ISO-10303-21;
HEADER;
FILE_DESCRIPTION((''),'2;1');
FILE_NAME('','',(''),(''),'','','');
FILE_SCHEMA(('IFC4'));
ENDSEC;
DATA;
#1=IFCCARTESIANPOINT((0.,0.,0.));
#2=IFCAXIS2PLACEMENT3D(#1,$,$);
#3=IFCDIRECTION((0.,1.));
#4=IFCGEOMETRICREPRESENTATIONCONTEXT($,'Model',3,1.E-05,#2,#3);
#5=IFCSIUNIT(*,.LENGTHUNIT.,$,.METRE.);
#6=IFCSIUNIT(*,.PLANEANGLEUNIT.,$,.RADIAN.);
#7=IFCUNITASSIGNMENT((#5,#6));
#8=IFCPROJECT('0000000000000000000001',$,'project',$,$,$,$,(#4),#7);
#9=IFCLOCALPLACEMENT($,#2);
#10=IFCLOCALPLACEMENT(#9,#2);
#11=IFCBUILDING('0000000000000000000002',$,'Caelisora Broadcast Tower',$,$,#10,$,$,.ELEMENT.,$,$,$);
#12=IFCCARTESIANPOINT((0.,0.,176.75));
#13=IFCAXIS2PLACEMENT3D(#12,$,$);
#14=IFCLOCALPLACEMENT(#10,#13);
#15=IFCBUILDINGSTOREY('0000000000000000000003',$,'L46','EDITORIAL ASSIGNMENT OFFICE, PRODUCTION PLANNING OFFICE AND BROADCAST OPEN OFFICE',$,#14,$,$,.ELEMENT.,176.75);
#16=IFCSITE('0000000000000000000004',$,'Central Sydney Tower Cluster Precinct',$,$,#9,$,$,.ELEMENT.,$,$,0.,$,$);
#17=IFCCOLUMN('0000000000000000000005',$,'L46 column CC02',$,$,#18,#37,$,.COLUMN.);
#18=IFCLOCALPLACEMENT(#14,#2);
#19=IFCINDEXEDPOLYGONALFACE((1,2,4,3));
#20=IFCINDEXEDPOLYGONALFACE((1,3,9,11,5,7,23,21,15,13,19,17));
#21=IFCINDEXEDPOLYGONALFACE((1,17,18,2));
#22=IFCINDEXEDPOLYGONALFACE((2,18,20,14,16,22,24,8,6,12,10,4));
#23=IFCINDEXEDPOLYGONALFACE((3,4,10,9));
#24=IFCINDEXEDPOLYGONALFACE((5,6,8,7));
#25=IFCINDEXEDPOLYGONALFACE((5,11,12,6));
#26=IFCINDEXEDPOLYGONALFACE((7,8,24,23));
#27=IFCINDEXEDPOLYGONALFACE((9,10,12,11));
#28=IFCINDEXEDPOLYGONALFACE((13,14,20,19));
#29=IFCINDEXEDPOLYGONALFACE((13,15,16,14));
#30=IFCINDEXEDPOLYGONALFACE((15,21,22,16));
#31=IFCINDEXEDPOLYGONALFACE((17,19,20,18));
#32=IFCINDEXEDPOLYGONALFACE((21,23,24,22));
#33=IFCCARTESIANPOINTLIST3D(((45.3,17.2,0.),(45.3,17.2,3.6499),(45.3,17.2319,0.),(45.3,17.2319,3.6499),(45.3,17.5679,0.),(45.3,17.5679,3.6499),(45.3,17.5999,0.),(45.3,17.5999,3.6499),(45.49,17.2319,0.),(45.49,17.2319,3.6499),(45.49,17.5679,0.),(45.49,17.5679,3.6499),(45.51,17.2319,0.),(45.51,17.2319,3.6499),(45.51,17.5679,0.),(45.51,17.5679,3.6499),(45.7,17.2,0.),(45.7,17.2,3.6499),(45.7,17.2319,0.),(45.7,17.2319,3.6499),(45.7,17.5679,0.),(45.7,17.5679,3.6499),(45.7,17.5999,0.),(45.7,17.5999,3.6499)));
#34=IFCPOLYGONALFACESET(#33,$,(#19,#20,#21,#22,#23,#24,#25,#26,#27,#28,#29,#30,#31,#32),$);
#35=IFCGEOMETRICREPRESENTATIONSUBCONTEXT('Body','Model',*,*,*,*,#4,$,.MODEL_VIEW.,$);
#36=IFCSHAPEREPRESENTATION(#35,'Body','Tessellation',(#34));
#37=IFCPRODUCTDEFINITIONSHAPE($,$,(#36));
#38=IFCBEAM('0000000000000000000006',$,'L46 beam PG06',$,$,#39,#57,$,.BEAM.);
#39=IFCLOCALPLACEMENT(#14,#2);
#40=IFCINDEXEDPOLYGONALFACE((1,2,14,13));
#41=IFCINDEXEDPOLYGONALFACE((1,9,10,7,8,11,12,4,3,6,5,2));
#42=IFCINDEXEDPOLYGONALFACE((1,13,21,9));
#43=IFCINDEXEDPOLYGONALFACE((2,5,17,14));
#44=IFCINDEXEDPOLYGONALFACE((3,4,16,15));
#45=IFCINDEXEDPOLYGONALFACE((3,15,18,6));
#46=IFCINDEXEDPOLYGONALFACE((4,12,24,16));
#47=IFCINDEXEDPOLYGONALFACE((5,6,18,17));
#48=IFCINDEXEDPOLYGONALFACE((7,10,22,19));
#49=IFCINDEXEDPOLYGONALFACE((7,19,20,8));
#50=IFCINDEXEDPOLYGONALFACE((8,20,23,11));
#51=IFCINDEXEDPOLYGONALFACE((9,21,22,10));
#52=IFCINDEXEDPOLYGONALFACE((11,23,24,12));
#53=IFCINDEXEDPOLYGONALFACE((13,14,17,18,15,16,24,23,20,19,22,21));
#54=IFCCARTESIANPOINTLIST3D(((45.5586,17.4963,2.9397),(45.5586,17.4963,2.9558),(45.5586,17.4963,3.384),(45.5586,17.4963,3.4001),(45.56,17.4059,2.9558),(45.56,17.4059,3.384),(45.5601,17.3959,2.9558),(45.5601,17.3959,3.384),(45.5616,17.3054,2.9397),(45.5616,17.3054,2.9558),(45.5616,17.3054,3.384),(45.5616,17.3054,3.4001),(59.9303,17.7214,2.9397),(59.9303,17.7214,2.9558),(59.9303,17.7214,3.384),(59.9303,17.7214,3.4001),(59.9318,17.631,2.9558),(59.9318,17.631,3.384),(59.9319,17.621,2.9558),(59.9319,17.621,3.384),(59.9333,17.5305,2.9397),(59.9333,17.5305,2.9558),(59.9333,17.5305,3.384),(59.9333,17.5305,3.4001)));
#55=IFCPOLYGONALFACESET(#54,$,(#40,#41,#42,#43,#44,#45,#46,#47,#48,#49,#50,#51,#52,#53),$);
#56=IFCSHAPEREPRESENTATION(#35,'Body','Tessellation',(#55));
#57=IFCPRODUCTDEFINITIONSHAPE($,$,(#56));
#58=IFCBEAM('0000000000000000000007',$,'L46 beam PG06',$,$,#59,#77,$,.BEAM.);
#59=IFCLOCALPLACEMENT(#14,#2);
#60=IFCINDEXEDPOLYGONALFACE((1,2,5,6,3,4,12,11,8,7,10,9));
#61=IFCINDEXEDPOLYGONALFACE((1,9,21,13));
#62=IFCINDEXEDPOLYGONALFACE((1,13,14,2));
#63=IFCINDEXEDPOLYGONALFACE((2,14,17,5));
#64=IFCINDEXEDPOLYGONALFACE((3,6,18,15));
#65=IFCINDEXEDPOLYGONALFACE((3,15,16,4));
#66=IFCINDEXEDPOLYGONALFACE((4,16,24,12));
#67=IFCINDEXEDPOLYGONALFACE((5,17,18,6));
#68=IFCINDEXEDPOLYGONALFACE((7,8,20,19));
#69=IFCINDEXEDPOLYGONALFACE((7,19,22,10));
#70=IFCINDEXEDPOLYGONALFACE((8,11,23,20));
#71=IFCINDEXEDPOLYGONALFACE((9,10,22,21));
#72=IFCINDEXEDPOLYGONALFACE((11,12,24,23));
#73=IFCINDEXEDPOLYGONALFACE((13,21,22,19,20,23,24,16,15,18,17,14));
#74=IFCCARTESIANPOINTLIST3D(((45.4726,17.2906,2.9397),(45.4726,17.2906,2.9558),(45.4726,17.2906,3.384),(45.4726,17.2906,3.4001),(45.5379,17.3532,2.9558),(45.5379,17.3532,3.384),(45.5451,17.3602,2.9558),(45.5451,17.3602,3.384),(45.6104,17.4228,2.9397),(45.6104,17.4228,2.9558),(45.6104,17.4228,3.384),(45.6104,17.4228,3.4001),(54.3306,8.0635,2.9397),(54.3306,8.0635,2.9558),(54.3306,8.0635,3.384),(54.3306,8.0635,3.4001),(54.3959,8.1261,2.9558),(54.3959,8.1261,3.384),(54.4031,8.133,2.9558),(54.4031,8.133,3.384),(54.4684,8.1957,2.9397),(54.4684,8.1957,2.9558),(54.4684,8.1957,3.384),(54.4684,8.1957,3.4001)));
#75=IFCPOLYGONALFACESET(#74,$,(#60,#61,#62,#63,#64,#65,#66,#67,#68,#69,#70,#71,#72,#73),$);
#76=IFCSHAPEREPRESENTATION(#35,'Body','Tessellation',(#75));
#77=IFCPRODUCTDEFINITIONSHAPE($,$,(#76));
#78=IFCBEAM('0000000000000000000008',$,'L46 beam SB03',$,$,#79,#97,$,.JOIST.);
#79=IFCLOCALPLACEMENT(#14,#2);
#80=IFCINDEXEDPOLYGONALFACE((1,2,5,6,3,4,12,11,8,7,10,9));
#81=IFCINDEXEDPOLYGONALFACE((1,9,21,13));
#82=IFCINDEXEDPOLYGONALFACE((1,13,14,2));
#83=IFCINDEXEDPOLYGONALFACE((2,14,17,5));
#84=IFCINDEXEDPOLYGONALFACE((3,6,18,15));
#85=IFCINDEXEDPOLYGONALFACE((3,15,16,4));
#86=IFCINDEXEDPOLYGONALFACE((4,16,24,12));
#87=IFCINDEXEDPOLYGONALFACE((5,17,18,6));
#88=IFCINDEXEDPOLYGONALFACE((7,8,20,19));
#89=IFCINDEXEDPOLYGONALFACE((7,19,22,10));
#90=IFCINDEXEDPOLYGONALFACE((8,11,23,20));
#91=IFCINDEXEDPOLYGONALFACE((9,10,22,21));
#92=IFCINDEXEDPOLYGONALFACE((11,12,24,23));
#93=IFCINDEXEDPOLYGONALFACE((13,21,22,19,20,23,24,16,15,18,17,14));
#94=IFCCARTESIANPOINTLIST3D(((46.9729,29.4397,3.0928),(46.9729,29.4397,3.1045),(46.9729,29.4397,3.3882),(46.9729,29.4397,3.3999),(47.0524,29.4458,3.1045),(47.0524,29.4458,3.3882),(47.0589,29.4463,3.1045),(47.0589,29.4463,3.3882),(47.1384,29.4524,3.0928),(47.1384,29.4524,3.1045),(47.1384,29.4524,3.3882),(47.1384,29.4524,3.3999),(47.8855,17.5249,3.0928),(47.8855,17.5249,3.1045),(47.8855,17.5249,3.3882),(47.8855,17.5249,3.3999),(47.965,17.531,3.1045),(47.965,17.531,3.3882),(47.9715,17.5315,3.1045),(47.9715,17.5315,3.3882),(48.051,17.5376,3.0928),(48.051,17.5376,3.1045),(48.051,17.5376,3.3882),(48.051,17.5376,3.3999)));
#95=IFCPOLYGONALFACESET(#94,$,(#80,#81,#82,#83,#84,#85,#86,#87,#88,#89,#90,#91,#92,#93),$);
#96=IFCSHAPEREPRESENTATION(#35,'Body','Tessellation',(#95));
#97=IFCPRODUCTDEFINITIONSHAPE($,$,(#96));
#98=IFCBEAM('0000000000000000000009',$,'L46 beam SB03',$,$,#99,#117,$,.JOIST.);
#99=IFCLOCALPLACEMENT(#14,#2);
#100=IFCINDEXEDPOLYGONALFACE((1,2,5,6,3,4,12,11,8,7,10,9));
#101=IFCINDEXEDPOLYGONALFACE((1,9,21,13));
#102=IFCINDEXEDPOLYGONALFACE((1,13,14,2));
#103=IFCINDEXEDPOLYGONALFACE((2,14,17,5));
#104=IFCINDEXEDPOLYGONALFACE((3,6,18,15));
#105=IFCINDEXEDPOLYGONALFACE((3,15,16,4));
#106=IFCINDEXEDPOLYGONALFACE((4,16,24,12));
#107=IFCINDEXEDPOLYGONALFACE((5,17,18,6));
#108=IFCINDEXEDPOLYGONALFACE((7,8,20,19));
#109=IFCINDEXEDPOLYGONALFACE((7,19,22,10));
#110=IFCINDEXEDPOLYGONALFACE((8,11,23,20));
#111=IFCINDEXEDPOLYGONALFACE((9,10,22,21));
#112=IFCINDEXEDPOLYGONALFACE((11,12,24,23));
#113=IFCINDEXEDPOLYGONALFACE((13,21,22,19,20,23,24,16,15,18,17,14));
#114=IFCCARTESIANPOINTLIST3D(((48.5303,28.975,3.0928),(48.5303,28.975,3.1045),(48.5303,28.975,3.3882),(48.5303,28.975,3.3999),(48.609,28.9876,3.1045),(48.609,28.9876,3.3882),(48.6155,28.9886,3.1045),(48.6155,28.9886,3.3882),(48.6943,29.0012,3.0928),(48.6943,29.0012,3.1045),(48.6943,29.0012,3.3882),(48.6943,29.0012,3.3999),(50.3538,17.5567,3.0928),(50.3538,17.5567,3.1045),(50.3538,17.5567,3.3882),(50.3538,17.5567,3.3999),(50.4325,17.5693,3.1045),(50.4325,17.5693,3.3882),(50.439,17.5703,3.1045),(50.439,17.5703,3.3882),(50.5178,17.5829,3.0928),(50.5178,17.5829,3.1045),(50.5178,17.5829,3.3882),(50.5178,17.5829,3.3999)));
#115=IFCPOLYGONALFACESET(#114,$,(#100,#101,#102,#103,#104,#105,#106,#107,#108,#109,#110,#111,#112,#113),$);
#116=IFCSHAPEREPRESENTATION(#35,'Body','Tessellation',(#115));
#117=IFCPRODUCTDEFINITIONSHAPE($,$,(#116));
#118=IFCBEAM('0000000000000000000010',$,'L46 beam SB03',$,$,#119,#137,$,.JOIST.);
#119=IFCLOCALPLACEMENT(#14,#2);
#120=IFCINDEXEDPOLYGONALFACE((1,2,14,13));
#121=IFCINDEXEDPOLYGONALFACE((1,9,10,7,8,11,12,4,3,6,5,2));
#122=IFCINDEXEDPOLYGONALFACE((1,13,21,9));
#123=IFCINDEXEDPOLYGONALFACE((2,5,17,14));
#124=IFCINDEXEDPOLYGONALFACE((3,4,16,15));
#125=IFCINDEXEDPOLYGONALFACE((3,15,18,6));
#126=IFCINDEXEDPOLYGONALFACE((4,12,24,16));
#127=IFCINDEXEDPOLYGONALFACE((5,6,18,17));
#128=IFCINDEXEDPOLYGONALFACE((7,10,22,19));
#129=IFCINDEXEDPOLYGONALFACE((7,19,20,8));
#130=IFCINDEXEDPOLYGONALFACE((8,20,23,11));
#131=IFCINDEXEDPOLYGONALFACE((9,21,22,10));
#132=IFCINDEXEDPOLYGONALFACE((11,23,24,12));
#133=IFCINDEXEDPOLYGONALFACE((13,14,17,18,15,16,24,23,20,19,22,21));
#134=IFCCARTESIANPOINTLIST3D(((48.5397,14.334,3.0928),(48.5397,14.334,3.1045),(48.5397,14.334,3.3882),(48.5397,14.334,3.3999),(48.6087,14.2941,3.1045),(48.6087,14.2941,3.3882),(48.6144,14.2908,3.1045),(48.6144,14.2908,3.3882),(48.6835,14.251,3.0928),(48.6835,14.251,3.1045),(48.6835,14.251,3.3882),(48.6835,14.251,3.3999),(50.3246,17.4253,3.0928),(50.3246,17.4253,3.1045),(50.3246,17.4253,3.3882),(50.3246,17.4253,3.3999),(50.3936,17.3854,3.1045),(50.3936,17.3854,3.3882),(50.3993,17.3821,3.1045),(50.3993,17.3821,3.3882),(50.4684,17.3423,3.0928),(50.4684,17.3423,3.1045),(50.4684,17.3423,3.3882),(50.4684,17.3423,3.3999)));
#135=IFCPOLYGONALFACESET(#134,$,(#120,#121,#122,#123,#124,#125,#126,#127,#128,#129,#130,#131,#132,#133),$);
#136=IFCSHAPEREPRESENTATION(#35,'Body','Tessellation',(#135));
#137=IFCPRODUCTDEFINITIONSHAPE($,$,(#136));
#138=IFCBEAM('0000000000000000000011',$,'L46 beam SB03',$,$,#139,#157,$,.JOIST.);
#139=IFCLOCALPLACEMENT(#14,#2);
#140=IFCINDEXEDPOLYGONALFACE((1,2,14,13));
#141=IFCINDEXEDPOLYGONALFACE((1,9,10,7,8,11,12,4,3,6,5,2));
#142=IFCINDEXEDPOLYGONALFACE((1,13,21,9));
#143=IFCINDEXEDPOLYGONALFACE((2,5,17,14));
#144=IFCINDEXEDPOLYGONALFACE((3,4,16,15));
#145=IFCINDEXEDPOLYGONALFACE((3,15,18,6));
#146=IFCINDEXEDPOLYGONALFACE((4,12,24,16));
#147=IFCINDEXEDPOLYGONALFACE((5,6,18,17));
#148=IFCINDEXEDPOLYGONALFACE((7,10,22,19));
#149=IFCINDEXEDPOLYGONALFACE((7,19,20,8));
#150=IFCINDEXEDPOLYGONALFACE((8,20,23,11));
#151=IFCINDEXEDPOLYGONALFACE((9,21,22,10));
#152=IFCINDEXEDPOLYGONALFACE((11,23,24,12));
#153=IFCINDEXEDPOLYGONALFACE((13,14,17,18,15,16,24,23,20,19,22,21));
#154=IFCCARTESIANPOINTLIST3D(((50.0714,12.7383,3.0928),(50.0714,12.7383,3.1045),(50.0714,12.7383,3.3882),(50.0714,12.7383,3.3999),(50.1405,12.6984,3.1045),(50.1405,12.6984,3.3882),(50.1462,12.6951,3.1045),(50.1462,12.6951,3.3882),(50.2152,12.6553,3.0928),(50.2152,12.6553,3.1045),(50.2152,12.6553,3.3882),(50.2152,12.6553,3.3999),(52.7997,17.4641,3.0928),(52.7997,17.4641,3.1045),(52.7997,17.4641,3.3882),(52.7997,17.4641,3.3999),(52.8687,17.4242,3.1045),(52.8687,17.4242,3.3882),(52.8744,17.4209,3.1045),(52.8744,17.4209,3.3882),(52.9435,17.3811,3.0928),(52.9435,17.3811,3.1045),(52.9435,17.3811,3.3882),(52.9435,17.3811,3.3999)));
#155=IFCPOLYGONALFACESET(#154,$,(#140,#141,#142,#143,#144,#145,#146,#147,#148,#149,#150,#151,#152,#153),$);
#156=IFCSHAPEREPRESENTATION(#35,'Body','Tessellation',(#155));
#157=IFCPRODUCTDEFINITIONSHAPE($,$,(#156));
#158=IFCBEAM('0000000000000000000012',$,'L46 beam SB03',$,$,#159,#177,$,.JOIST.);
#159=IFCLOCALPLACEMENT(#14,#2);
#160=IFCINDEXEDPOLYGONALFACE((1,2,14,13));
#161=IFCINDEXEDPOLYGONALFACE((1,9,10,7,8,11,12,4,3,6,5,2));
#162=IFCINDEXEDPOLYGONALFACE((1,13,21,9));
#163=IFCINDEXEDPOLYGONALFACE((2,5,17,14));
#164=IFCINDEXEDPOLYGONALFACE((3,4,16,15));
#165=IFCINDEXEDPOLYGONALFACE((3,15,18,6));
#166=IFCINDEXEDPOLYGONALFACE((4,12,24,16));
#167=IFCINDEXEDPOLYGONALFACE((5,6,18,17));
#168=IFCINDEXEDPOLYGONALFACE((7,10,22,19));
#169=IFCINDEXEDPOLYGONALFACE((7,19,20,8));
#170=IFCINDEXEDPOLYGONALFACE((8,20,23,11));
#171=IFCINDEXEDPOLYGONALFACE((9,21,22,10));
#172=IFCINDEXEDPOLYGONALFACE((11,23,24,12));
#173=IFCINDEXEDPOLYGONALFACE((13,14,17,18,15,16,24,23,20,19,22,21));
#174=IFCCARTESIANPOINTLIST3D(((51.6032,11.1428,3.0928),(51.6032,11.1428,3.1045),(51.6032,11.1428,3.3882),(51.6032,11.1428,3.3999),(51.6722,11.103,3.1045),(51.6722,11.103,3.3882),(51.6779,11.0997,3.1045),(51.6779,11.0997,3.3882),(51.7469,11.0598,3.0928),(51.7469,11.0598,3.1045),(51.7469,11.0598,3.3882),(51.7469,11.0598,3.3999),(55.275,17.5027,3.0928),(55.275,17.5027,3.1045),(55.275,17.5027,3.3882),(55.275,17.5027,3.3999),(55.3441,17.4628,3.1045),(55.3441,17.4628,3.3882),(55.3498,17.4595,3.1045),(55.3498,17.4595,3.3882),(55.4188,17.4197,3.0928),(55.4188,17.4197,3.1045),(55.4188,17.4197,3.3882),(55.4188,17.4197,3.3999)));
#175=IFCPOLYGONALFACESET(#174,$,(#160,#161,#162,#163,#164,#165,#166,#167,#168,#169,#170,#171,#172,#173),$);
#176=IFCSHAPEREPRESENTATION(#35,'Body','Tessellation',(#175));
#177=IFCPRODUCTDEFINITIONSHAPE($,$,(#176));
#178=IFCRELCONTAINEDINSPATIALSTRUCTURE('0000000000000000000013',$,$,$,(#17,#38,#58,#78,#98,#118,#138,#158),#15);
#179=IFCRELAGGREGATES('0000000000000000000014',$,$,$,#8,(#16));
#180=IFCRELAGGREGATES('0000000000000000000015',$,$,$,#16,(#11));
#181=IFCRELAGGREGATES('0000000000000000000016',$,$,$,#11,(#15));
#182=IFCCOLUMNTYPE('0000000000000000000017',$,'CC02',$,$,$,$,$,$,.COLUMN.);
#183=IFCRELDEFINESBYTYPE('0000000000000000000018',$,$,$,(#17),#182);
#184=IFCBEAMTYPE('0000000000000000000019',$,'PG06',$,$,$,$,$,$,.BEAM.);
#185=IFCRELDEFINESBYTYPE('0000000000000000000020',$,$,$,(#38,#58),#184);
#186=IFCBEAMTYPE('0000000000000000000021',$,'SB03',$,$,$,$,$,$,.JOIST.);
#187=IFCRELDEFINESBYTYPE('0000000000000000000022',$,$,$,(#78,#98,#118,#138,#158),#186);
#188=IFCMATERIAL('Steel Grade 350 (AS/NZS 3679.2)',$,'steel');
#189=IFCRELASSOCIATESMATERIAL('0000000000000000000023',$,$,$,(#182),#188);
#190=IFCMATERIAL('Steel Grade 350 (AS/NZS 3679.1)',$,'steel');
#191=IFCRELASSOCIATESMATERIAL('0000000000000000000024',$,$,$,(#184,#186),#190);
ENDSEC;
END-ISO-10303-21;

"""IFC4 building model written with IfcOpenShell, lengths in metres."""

from ifc_helpers import new_model, si_unit, direction, frame, origin, origin_2d, place, context, subcontext, project, spatial, i_section, extrude, source, transform, mapped, material, material_profile, profile_set, type_object, type_shapes, element, save


model = new_model("IFC4")

# Units and contexts
model_context = context("Model", 3, precision=1e-05, world=origin(), true_north=direction((0.0, 1.0)))
body_context = subcontext(model_context, "Body", "Model", "MODEL_VIEW")
ifc_project = project(units=[si_unit("LENGTHUNIT", "METRE"), si_unit("PLANEANGLEUNIT", "RADIAN")], contexts=[model_context])

# Site, building, storey
site_placement = place(None, origin())
site = spatial("IfcSite", under=ifc_project, at=site_placement, Name="Central Sydney Tower Cluster Precinct", CompositionType="ELEMENT", RefElevation=0.0)
building_placement = place(site_placement, origin())
building = spatial("IfcBuilding", under=site, at=building_placement, Name="Caelisora Broadcast Tower", CompositionType="ELEMENT")
storey_placement = place(building_placement, frame((0.0, 0.0, 176.75)))
storey = spatial("IfcBuildingStorey", under=building, at=storey_placement, Name="L46", Description="EDITORIAL ASSIGNMENT OFFICE, PRODUCTION PLANNING OFFICE AND BROADCAST OPEN OFFICE", CompositionType="ELEMENT", Elevation=176.75)

# Column
ifc_material_1 = material(Name="Steel Grade 350 (AS/NZS 3679.2)", Category="steel")
ifc_material_profile_1 = material_profile(ifc_material_1, i_section(OverallWidth=0.3999, OverallDepth=0.3999, WebThickness=0.02, FlangeThickness=0.032, at=origin_2d()), Name="Steel Grade 350 (AS/NZS 3679.2)")
ifc_profile_set_1 = profile_set([ifc_material_profile_1], Name="Steel Grade 350 (AS/NZS 3679.2)")
column_type = type_object("IfcColumnType", Name="CC02", PredefinedType="COLUMN", material=ifc_profile_set_1)
shared_shape_1 = source(origin(), body_context, "Body", "SweptSolid", [
    extrude(i_section(OverallWidth=0.3999, OverallDepth=0.3999, WebThickness=0.02, FlangeThickness=0.032, at=origin_2d()), origin(), (0.0, 0.0, 1.0), 3.6499),
])
type_shapes(column_type, [shared_shape_1])
column_placement = place(storey_placement, frame((45.5, 17.3999, 0.0), z_axis=(0.0, 0.0, 1.0), x_axis=(1.0, 0.0, 0.0)))
element("IfcColumn", 1, at=column_placement, inside=storey, type_object=column_type, Name="L46 column CC02", PredefinedType="COLUMN", context=body_context, shape_type="MappedRepresentation", body=[
    mapped(shared_shape_1, transform((0.0, 0.0, 0.0), scale=1.0)),
])

# Beams
ifc_material_2 = material(Name="Steel Grade 350 (AS/NZS 3679.1)", Category="steel")
ifc_material_profile_2 = material_profile(ifc_material_2, i_section(OverallWidth=0.1909, OverallDepth=0.4604, WebThickness=0.01, FlangeThickness=0.0161, at=origin_2d()), Name="Steel Grade 350 (AS/NZS 3679.1)")
ifc_profile_set_2 = profile_set([ifc_material_profile_2], Name="Steel Grade 350 (AS/NZS 3679.1)")
beam_type_1 = type_object("IfcBeamType", Name="PG06", PredefinedType="BEAM", material=ifc_profile_set_2)
shared_shape_2 = source(origin(), body_context, "Body", "SweptSolid", [
    extrude(i_section(OverallWidth=0.1909, OverallDepth=0.4604, WebThickness=0.01, FlangeThickness=0.0161, at=origin_2d()), origin(), (0.0, 0.0, 1.0), 14.3735),
])
beam_1_placement = place(storey_placement, frame((45.5601, 17.4009, 3.1699), z_axis=(0.999877, 0.015661, 0.0), x_axis=(-0.015661, 0.999877, 0.0)))
element("IfcBeam", 2, at=beam_1_placement, inside=storey, type_object=beam_type_1, Name="L46 beam PG06", PredefinedType="BEAM", context=body_context, shape_type="MappedRepresentation", body=[
    mapped(shared_shape_2, transform((0.0, 0.0, 0.0), scale=1.0)),
])
shared_shape_3 = source(origin(), body_context, "Body", "SweptSolid", [
    extrude(i_section(OverallWidth=0.1909, OverallDepth=0.4604, WebThickness=0.01, FlangeThickness=0.0161, at=origin_2d()), origin(), (0.0, 0.0, 1.0), 12.7908),
])
type_shapes(beam_type_1, [shared_shape_2, shared_shape_3])
beam_2_placement = place(storey_placement, frame((45.5415, 17.3567, 3.1699), z_axis=(0.692529, -0.72139, 0.0), x_axis=(0.72139, 0.692529, 0.0)))
element("IfcBeam", 3, at=beam_2_placement, inside=storey, type_object=beam_type_1, Name="L46 beam PG06", PredefinedType="BEAM", context=body_context, shape_type="MappedRepresentation", body=[
    mapped(shared_shape_3, transform((0.0, 0.0, 0.0), scale=1.0)),
])
ifc_material_profile_3 = material_profile(ifc_material_2, i_section(OverallWidth=0.166, OverallDepth=0.3071, WebThickness=0.0066, FlangeThickness=0.0117, at=origin_2d()), Name="Steel Grade 350 (AS/NZS 3679.1)")
ifc_profile_set_3 = profile_set([ifc_material_profile_3], Name="Steel Grade 350 (AS/NZS 3679.1)")
beam_type_2 = type_object("IfcBeamType", Name="SB03", PredefinedType="JOIST", material=ifc_profile_set_3)
shared_shape_4 = source(origin(), body_context, "Body", "SweptSolid", [
    extrude(i_section(OverallWidth=0.166, OverallDepth=0.3071, WebThickness=0.0066, FlangeThickness=0.0117, at=origin_2d()), origin(), (0.0, 0.0, 1.0), 11.9497),
])
beam_3_placement = place(storey_placement, frame((47.9683, 17.5312, 3.2463), z_axis=(-0.07637, 0.99708, 0.0), x_axis=(-0.99708, -0.07637, 0.0)))
element("IfcBeam", 4, at=beam_3_placement, inside=storey, type_object=beam_type_2, Name="L46 beam SB03", PredefinedType="JOIST", context=body_context, shape_type="MappedRepresentation", body=[
    mapped(shared_shape_4, transform((0.0, 0.0, 0.0), scale=1.0)),
])
shared_shape_5 = source(origin(), body_context, "Body", "SweptSolid", [
    extrude(i_section(OverallWidth=0.166, OverallDepth=0.3071, WebThickness=0.0066, FlangeThickness=0.0117, at=origin_2d()), origin(), (0.0, 0.0, 1.0), 11.563),
])
beam_4_placement = place(storey_placement, frame((50.4358, 17.5698, 3.2463), z_axis=(-0.157701, 0.987487, 0.0), x_axis=(-0.987487, -0.157701, 0.0)))
element("IfcBeam", 5, at=beam_4_placement, inside=storey, type_object=beam_type_2, Name="L46 beam SB03", PredefinedType="JOIST", context=body_context, shape_type="MappedRepresentation", body=[
    mapped(shared_shape_5, transform((0.0, 0.0, 0.0), scale=1.0)),
])
shared_shape_6 = source(origin(), body_context, "Body", "SweptSolid", [
    extrude(i_section(OverallWidth=0.166, OverallDepth=0.3071, WebThickness=0.0066, FlangeThickness=0.0117, at=origin_2d()), origin(), (0.0, 0.0, 1.0), 3.5696),
])
beam_5_placement = place(storey_placement, frame((48.6116, 14.2925, 3.2463), z_axis=(0.50003, 0.866008, 0.0), x_axis=(-0.866008, 0.50003, 0.0)))
element("IfcBeam", 6, at=beam_5_placement, inside=storey, type_object=beam_type_2, Name="L46 beam SB03", PredefinedType="JOIST", context=body_context, shape_type="MappedRepresentation", body=[
    mapped(shared_shape_6, transform((0.0, 0.0, 0.0), scale=1.0)),
])
shared_shape_7 = source(origin(), body_context, "Body", "SweptSolid", [
    extrude(i_section(OverallWidth=0.166, OverallDepth=0.3071, WebThickness=0.0066, FlangeThickness=0.0117, at=origin_2d()), origin(), (0.0, 0.0, 1.0), 5.4568),
])
beam_6_placement = place(storey_placement, frame((50.1433, 12.6968, 3.2463), z_axis=(0.499974, 0.86604, 0.0), x_axis=(-0.86604, 0.499974, 0.0)))
element("IfcBeam", 7, at=beam_6_placement, inside=storey, type_object=beam_type_2, Name="L46 beam SB03", PredefinedType="JOIST", context=body_context, shape_type="MappedRepresentation", body=[
    mapped(shared_shape_7, transform((0.0, 0.0, 0.0), scale=1.0)),
])
shared_shape_8 = source(origin(), body_context, "Body", "SweptSolid", [
    extrude(i_section(OverallWidth=0.166, OverallDepth=0.3071, WebThickness=0.0066, FlangeThickness=0.0117, at=origin_2d()), origin(), (0.0, 0.0, 1.0), 7.3438),
])
type_shapes(beam_type_2, [shared_shape_4, shared_shape_5, shared_shape_6, shared_shape_7, shared_shape_8])
beam_7_placement = place(storey_placement, frame((51.675, 11.1013, 3.2463), z_axis=(0.500001, 0.866025, 0.0), x_axis=(-0.866025, 0.500001, 0.0)))
element("IfcBeam", 8, at=beam_7_placement, inside=storey, type_object=beam_type_2, Name="L46 beam SB03", PredefinedType="JOIST", context=body_context, shape_type="MappedRepresentation", body=[
    mapped(shared_shape_8, transform((0.0, 0.0, 0.0), scale=1.0)),
])

save(model, "model.ifc")
